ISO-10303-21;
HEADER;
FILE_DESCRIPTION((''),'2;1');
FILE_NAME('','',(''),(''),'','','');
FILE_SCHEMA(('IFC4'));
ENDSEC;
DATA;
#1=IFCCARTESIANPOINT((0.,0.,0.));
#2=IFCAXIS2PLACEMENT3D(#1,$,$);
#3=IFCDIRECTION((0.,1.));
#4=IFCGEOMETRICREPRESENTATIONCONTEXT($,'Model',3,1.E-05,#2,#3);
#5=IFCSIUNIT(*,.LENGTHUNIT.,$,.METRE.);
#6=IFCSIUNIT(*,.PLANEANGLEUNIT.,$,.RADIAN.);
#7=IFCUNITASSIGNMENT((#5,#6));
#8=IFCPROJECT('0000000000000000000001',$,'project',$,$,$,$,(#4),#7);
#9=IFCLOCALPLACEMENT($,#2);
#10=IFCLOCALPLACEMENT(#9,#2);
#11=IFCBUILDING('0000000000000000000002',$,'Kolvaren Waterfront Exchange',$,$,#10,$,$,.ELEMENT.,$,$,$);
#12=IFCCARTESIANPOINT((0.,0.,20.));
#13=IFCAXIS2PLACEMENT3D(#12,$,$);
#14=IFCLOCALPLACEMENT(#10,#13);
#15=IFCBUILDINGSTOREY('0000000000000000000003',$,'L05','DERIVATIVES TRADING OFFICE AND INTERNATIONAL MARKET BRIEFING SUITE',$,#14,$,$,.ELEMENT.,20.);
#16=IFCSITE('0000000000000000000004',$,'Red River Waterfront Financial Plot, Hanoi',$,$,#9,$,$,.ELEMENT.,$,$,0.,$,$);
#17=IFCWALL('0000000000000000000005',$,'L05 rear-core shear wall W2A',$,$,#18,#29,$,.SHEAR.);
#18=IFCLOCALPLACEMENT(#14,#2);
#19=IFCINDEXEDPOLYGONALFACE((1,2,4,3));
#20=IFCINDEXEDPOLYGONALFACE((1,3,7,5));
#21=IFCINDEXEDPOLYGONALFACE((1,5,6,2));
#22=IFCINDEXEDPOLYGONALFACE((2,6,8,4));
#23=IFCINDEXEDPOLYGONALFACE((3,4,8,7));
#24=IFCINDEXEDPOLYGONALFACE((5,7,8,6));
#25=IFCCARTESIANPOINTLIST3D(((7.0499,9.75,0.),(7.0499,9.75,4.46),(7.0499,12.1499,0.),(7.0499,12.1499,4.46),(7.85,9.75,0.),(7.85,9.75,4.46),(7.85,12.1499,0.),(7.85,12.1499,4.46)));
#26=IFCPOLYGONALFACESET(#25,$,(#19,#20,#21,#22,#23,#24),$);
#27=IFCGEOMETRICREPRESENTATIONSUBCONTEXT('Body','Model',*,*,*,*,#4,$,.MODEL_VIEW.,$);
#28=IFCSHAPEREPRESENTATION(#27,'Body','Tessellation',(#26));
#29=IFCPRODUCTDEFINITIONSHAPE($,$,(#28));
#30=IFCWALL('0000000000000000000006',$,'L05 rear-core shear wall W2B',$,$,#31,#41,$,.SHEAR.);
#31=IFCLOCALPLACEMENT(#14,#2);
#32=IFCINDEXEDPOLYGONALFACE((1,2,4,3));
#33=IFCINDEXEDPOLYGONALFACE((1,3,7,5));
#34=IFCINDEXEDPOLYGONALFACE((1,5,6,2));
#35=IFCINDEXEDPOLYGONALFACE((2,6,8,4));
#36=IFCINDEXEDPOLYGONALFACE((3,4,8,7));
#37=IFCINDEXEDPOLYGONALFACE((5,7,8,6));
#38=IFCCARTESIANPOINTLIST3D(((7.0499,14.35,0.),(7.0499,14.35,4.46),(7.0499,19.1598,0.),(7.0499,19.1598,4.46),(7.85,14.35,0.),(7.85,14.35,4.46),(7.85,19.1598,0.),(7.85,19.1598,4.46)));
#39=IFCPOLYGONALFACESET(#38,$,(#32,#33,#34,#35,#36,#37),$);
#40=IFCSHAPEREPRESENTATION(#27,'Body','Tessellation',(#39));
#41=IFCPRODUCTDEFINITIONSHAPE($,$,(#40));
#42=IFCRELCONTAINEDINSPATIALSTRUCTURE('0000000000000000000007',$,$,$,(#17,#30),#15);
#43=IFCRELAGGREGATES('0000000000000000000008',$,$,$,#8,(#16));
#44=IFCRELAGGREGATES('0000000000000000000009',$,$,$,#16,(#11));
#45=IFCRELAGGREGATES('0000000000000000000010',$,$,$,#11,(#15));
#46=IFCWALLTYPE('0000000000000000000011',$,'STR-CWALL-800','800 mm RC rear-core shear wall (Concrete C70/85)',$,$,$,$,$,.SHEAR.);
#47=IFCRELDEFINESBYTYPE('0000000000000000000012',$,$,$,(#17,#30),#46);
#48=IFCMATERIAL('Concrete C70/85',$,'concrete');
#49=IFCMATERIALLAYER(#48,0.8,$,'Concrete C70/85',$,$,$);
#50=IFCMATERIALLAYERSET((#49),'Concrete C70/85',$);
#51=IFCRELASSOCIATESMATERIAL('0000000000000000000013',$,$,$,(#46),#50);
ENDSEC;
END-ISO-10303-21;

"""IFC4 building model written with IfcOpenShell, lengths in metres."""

from ifc_helpers import new_model, si_unit, direction, frame, frame_2d, origin, place, context, subcontext, project, spatial, rectangle, extrude, material, layer, layer_set, type_object, element, save


model = new_model("IFC4")

# Units and contexts
model_context = context("Model", 3, precision=1e-05, world=origin(), true_north=direction((0.0, 1.0)))
body_context = subcontext(model_context, "Body", "Model", "MODEL_VIEW")
ifc_project = project(units=[si_unit("LENGTHUNIT", "METRE"), si_unit("PLANEANGLEUNIT", "RADIAN")], contexts=[model_context])

# Site, building, storey
site_placement = place(None, origin())
site = spatial("IfcSite", under=ifc_project, at=site_placement, Name="Red River Waterfront Financial Plot, Hanoi", CompositionType="ELEMENT", RefElevation=0.0)
building_placement = place(site_placement, origin())
building = spatial("IfcBuilding", under=site, at=building_placement, Name="Kolvaren Waterfront Exchange", CompositionType="ELEMENT")
storey_placement = place(building_placement, frame((0.0, 0.0, 20.0)))
storey = spatial("IfcBuildingStorey", under=building, at=storey_placement, Name="L05", Description="DERIVATIVES TRADING OFFICE AND INTERNATIONAL MARKET BRIEFING SUITE", CompositionType="ELEMENT", Elevation=20.0)

# Shared definitions
ifc_material_1 = material(Name="Concrete C70/85", Category="concrete")

# Walls
ifc_layer_1 = layer(ifc_material_1, 0.8, Name="Concrete C70/85")
ifc_layer_set_1 = layer_set([ifc_layer_1], Name="Concrete C70/85")
wall_type_1 = type_object("IfcWallType", Name="STR-CWALL-800", Description="800 mm RC rear-core shear wall (Concrete C70/85)", PredefinedType="SHEAR", material=ifc_layer_set_1)
wall_1_placement = place(storey_placement, frame((7.45, 9.75, 0.0), z_axis=(0.0, 0.0, 1.0), x_axis=(0.0, 1.0, 0.0)))
element("IfcWall", 1, at=wall_1_placement, inside=storey, type_object=wall_type_1, Name="L05 rear-core shear wall W2A", PredefinedType="SHEAR", context=body_context, shape_type="SweptSolid", body=[
    extrude(rectangle(XDim=2.3999, YDim=0.8, at=frame_2d((1.2, 0.0))), origin(), (0.0, 0.0, 1.0), 4.46),
])
wall_2_placement = place(storey_placement, frame((7.45, 14.3501, 0.0), z_axis=(0.0, 0.0, 1.0), x_axis=(0.0, 1.0, 0.0)))
element("IfcWall", 2, at=wall_2_placement, inside=storey, type_object=wall_type_1, Name="L05 rear-core shear wall W2B", PredefinedType="SHEAR", context=body_context, shape_type="SweptSolid", body=[
    extrude(rectangle(XDim=4.8098, YDim=0.8, at=frame_2d((2.4048, 0.0))), origin(), (0.0, 0.0, 1.0), 4.46),
])

save(model, "model.ifc")
